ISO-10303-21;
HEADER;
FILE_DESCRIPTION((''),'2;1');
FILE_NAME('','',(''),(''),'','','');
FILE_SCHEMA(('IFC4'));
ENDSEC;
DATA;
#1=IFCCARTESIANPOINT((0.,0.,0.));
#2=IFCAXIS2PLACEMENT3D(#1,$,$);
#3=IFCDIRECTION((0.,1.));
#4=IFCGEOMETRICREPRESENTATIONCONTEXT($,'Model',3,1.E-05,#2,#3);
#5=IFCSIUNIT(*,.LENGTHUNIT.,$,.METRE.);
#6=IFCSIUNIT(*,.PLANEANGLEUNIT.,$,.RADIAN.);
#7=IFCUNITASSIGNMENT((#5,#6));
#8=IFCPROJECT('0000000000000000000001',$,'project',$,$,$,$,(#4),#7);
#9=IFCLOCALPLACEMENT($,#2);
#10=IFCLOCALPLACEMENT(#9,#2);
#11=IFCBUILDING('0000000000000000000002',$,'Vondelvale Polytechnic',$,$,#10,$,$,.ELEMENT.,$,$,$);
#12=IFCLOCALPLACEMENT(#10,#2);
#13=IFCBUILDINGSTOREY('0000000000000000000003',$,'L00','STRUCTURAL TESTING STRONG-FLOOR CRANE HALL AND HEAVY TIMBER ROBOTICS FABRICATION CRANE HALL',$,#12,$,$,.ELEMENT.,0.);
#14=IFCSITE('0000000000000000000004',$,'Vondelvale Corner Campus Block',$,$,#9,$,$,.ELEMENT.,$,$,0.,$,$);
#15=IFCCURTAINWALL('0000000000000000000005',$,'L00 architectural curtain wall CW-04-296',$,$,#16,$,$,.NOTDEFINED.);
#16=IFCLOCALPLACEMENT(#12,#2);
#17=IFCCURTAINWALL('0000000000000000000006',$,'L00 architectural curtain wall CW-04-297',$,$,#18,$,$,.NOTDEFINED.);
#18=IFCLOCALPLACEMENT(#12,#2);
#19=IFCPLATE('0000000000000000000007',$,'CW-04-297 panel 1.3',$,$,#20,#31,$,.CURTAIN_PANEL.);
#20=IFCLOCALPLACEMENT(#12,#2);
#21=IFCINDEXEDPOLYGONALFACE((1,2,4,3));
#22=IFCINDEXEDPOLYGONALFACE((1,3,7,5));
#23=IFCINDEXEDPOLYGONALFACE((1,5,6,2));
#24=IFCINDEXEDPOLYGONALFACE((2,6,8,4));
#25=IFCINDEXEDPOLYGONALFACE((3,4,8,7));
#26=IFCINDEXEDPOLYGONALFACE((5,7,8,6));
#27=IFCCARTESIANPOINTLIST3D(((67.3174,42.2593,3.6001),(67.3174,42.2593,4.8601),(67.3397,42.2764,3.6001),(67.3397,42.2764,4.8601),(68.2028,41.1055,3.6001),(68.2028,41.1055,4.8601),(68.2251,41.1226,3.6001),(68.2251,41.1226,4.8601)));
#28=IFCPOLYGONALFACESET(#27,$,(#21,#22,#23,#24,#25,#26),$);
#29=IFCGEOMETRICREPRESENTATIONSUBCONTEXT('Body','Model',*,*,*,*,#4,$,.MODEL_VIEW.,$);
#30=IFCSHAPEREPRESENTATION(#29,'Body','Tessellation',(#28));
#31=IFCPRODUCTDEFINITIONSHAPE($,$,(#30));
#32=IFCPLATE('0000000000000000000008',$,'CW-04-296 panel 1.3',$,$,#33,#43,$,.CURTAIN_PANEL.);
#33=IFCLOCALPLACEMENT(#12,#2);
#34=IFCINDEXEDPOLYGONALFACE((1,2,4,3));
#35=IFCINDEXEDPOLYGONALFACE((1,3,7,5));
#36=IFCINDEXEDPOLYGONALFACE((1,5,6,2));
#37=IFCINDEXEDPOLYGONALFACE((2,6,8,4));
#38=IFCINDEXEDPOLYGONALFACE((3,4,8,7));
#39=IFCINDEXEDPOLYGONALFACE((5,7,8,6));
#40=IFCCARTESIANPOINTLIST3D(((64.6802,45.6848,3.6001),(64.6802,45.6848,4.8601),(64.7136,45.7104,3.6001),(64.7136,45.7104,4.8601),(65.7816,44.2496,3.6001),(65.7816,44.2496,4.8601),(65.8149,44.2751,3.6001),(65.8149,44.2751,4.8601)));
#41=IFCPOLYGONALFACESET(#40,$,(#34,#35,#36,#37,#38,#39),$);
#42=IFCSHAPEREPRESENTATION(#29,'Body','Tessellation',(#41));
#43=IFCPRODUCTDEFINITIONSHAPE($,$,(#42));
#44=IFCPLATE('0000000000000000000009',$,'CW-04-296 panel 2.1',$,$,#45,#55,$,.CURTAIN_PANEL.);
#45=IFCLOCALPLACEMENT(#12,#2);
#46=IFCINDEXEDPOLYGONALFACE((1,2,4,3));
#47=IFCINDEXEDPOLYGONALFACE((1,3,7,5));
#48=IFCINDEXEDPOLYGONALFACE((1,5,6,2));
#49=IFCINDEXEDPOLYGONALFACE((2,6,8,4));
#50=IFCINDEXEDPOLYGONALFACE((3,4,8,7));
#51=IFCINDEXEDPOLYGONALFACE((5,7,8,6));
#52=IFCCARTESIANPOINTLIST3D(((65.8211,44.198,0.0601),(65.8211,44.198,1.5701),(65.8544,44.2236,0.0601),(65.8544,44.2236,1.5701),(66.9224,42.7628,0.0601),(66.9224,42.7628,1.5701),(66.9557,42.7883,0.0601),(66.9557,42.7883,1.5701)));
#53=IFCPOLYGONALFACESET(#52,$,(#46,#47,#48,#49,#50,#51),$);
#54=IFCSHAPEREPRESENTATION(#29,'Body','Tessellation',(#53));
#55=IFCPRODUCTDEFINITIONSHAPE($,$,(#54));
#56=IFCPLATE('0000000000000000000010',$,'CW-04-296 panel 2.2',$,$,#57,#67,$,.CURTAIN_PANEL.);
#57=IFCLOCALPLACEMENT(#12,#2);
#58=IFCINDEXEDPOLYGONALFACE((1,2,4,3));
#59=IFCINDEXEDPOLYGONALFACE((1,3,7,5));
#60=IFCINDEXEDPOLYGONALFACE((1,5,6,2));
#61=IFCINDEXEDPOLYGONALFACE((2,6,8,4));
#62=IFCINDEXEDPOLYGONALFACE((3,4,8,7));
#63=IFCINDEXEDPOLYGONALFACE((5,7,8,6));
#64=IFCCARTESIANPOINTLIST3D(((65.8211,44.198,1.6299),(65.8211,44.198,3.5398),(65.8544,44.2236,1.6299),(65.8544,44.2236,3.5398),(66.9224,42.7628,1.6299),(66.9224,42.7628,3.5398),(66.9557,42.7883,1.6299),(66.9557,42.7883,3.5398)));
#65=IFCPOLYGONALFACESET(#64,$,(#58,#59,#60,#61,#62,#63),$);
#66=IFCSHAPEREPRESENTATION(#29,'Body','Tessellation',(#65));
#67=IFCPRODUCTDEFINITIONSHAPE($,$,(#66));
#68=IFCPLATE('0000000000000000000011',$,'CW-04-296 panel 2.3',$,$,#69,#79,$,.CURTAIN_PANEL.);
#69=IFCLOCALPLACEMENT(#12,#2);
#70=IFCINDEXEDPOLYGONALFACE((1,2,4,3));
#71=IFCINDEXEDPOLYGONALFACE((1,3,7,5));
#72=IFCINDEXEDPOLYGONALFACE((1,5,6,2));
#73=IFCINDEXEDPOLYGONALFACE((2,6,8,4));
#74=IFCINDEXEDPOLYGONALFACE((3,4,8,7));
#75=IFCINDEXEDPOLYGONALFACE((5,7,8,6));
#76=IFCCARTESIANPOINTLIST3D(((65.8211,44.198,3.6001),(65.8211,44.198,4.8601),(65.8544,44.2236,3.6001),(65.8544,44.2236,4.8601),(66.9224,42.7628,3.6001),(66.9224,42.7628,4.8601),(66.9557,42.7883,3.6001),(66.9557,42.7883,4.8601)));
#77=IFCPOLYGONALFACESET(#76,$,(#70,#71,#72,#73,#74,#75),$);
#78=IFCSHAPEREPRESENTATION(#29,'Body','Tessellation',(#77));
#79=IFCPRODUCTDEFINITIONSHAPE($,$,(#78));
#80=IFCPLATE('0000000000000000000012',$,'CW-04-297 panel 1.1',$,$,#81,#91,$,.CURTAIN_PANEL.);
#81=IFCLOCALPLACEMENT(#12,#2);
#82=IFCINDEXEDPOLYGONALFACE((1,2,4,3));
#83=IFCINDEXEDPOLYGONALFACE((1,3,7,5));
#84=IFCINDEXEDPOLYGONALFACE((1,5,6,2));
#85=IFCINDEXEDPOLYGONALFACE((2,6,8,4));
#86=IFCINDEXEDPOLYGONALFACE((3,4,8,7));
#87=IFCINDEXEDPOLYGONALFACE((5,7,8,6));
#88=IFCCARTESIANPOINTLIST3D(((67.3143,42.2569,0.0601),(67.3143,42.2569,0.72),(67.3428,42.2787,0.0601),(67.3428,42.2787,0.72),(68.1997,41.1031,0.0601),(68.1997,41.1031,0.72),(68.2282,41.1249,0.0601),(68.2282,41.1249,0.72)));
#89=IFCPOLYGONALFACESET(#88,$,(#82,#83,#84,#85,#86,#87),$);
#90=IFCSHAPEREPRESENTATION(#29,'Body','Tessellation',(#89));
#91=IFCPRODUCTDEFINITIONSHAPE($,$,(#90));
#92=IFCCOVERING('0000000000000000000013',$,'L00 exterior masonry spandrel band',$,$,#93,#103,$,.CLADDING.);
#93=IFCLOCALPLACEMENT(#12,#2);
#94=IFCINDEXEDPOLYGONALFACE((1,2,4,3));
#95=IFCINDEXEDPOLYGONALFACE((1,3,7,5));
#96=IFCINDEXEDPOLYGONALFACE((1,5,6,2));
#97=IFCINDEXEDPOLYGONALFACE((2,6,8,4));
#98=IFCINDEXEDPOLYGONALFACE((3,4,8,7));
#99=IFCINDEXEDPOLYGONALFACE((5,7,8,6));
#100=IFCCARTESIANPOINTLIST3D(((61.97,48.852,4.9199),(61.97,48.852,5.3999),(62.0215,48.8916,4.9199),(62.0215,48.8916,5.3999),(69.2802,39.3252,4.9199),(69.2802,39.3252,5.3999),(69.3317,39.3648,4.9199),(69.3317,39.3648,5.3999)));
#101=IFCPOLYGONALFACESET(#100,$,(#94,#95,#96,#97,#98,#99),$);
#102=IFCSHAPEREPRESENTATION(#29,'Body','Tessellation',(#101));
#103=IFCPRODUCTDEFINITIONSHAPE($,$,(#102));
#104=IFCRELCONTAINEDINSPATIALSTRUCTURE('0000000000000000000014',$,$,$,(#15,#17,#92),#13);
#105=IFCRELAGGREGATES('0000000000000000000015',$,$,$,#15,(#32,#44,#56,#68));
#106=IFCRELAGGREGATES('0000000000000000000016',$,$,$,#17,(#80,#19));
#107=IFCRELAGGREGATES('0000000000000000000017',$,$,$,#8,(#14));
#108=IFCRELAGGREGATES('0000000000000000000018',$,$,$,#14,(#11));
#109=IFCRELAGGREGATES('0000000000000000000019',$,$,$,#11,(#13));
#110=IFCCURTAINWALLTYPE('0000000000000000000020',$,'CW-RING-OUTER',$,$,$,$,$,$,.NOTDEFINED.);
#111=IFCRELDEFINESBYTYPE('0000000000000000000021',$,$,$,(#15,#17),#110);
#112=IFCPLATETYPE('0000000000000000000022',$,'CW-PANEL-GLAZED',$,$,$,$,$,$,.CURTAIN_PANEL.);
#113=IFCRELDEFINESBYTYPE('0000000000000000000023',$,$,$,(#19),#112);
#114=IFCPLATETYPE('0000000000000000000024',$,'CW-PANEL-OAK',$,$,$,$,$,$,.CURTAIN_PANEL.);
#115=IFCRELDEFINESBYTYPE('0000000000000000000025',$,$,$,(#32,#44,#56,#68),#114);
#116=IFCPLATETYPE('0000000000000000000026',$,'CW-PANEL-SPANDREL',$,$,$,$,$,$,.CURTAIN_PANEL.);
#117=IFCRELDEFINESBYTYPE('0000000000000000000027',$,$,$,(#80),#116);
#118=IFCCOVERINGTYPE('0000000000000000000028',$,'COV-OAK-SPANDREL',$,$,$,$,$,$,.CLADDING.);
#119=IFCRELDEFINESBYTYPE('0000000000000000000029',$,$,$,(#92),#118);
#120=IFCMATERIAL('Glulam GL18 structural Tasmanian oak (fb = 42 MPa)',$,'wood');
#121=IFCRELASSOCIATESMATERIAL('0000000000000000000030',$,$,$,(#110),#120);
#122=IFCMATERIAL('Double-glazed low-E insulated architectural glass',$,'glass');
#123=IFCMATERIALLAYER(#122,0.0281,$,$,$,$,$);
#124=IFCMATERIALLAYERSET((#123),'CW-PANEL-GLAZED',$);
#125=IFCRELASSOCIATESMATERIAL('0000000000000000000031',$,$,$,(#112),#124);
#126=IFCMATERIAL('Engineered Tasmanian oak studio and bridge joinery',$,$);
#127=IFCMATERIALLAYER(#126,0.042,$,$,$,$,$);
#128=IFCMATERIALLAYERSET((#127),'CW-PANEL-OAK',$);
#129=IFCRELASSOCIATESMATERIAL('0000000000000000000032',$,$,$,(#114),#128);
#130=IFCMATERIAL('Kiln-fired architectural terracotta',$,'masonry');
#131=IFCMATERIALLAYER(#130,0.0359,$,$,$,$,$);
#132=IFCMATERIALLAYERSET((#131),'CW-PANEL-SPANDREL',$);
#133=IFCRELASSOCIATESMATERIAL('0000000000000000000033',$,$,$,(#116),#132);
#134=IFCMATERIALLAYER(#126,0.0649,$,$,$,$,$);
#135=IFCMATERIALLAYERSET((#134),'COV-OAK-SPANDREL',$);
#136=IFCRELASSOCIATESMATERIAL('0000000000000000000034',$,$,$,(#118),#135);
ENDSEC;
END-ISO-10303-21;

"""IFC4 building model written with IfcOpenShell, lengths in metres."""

from ifc_helpers import new_model, si_unit, direction, frame, origin, origin_2d, place, context, subcontext, project, spatial, rectangle, extrude, material, layer, layer_set, type_object, element, aggregate, save


model = new_model("IFC4")

# Units and contexts
model_context = context("Model", 3, precision=1e-05, world=origin(), true_north=direction((0.0, 1.0)))
body_context = subcontext(model_context, "Body", "Model", "MODEL_VIEW")
ifc_project = project(units=[si_unit("LENGTHUNIT", "METRE"), si_unit("PLANEANGLEUNIT", "RADIAN")], contexts=[model_context])

# Site, building, storey
site_placement = place(None, origin())
site = spatial("IfcSite", under=ifc_project, at=site_placement, Name="Vondelvale Corner Campus Block", CompositionType="ELEMENT", RefElevation=0.0)
building_placement = place(site_placement, origin())
building = spatial("IfcBuilding", under=site, at=building_placement, Name="Vondelvale Polytechnic", CompositionType="ELEMENT")
storey_placement = place(building_placement, origin())
storey = spatial("IfcBuildingStorey", under=building, at=storey_placement, Name="L00", Description="STRUCTURAL TESTING STRONG-FLOOR CRANE HALL AND HEAVY TIMBER ROBOTICS FABRICATION CRANE HALL", CompositionType="ELEMENT", Elevation=0.0)

# Shared definitions
ifc_material_1 = material(Name="Glulam GL18 structural Tasmanian oak (fb = 42 MPa)", Category="wood")

# Curtain walls
curtain_wall_type = type_object("IfcCurtainWallType", Name="CW-RING-OUTER", PredefinedType="NOTDEFINED", material=ifc_material_1)
curtain_wall_1_placement = place(storey_placement, origin())
curtain_wall_1 = element("IfcCurtainWall", 1, at=curtain_wall_1_placement, inside=storey, type_object=curtain_wall_type, Name="L00 architectural curtain wall CW-04-296", PredefinedType="NOTDEFINED")
curtain_wall_2_placement = place(storey_placement, origin())
curtain_wall_2 = element("IfcCurtainWall", 2, at=curtain_wall_2_placement, inside=storey, type_object=curtain_wall_type, Name="L00 architectural curtain wall CW-04-297", PredefinedType="NOTDEFINED")

# Plates
ifc_material_2 = material(Name="Double-glazed low-E insulated architectural glass", Category="glass")
ifc_layer_1 = layer(ifc_material_2, 0.0281)
ifc_layer_set_1 = layer_set([ifc_layer_1], Name="CW-PANEL-GLAZED")
plate_type_1 = type_object("IfcPlateType", Name="CW-PANEL-GLAZED", PredefinedType="CURTAIN_PANEL", material=ifc_layer_set_1)
plate_1_placement = place(storey_placement, frame((67.7712, 41.6909, 3.6001), z_axis=(0.0, 0.0, 1.0), x_axis=(0.608764, -0.793352, 0.0)))
plate_1 = element("IfcPlate", 3, at=plate_1_placement, type_object=plate_type_1, Name="CW-04-297 panel 1.3", PredefinedType="CURTAIN_PANEL", context=body_context, shape_type="SweptSolid", body=[
    extrude(rectangle(XDim=1.4543, YDim=0.0281, at=origin_2d()), origin(), (0.0, 0.0, 1.0), 1.26),
])
ifc_material_3 = material(Name="Engineered Tasmanian oak studio and bridge joinery")
ifc_layer_2 = layer(ifc_material_3, 0.042)
ifc_layer_set_2 = layer_set([ifc_layer_2], Name="CW-PANEL-OAK")
plate_type_2 = type_object("IfcPlateType", Name="CW-PANEL-OAK", PredefinedType="CURTAIN_PANEL", material=ifc_layer_set_2)
plate_2_placement = place(storey_placement, frame((65.2476, 44.98, 3.6001), z_axis=(0.0, 0.0, 1.0), x_axis=(0.608771, -0.793346, 0.0)))
plate_2 = element("IfcPlate", 4, at=plate_2_placement, type_object=plate_type_2, Name="CW-04-296 panel 1.3", PredefinedType="CURTAIN_PANEL", context=body_context, shape_type="SweptSolid", body=[
    extrude(rectangle(XDim=1.8091, YDim=0.042, at=origin_2d()), origin(), (0.0, 0.0, 1.0), 1.26),
])
plate_3_placement = place(storey_placement, frame((66.3884, 43.4932, 0.0601), z_axis=(0.0, 0.0, 1.0), x_axis=(0.608771, -0.793346, 0.0)))
plate_3 = element("IfcPlate", 5, at=plate_3_placement, type_object=plate_type_2, Name="CW-04-296 panel 2.1", PredefinedType="CURTAIN_PANEL", context=body_context, shape_type="SweptSolid", body=[
    extrude(rectangle(XDim=1.8091, YDim=0.042, at=origin_2d()), origin(), (0.0, 0.0, 1.0), 1.51),
])
plate_4_placement = place(storey_placement, frame((66.3884, 43.4932, 1.6299), z_axis=(0.0, 0.0, 1.0), x_axis=(0.608771, -0.793346, 0.0)))
plate_4 = element("IfcPlate", 6, at=plate_4_placement, type_object=plate_type_2, Name="CW-04-296 panel 2.2", PredefinedType="CURTAIN_PANEL", context=body_context, shape_type="SweptSolid", body=[
    extrude(rectangle(XDim=1.8091, YDim=0.042, at=origin_2d()), origin(), (0.0, 0.0, 1.0), 1.9099),
])
plate_5_placement = place(storey_placement, frame((66.3884, 43.4932, 3.6001), z_axis=(0.0, 0.0, 1.0), x_axis=(0.608771, -0.793346, 0.0)))
plate_5 = element("IfcPlate", 7, at=plate_5_placement, type_object=plate_type_2, Name="CW-04-296 panel 2.3", PredefinedType="CURTAIN_PANEL", context=body_context, shape_type="SweptSolid", body=[
    extrude(rectangle(XDim=1.8091, YDim=0.042, at=origin_2d()), origin(), (0.0, 0.0, 1.0), 1.26),
])
aggregate(curtain_wall_1, [plate_2, plate_3, plate_4, plate_5])
ifc_material_4 = material(Name="Kiln-fired architectural terracotta", Category="masonry")
ifc_layer_3 = layer(ifc_material_4, 0.0359)
ifc_layer_set_3 = layer_set([ifc_layer_3], Name="CW-PANEL-SPANDREL")
plate_type_3 = type_object("IfcPlateType", Name="CW-PANEL-SPANDREL", PredefinedType="CURTAIN_PANEL", material=ifc_layer_set_3)
plate_6_placement = place(storey_placement, frame((67.7712, 41.6909, 0.0601), z_axis=(0.0, 0.0, 1.0), x_axis=(0.608764, -0.793352, 0.0)))
plate_6 = element("IfcPlate", 8, at=plate_6_placement, type_object=plate_type_3, Name="CW-04-297 panel 1.1", PredefinedType="CURTAIN_PANEL", context=body_context, shape_type="SweptSolid", body=[
    extrude(rectangle(XDim=1.4543, YDim=0.0359, at=origin_2d()), origin(), (0.0, 0.0, 1.0), 0.6599),
])
aggregate(curtain_wall_2, [plate_6, plate_1])

# Covering
ifc_layer_4 = layer(ifc_material_3, 0.0649)
ifc_layer_set_4 = layer_set([ifc_layer_4], Name="COV-OAK-SPANDREL")
covering_type = type_object("IfcCoveringType", Name="COV-OAK-SPANDREL", PredefinedType="CLADDING", material=ifc_layer_set_4)
covering_placement = place(storey_placement, frame((65.6509, 44.1084, 4.9199), z_axis=(0.0, 0.0, 1.0), x_axis=(0.608761, -0.793353, 0.0)))
element("IfcCovering", 9, at=covering_placement, inside=storey, type_object=covering_type, Name="L00 exterior masonry spandrel band", PredefinedType="CLADDING", context=body_context, shape_type="SweptSolid", body=[
    extrude(rectangle(XDim=12.0083, YDim=0.0649, at=origin_2d()), origin(), (0.0, 0.0, 1.0), 0.48),
])

save(model, "model.ifc")
